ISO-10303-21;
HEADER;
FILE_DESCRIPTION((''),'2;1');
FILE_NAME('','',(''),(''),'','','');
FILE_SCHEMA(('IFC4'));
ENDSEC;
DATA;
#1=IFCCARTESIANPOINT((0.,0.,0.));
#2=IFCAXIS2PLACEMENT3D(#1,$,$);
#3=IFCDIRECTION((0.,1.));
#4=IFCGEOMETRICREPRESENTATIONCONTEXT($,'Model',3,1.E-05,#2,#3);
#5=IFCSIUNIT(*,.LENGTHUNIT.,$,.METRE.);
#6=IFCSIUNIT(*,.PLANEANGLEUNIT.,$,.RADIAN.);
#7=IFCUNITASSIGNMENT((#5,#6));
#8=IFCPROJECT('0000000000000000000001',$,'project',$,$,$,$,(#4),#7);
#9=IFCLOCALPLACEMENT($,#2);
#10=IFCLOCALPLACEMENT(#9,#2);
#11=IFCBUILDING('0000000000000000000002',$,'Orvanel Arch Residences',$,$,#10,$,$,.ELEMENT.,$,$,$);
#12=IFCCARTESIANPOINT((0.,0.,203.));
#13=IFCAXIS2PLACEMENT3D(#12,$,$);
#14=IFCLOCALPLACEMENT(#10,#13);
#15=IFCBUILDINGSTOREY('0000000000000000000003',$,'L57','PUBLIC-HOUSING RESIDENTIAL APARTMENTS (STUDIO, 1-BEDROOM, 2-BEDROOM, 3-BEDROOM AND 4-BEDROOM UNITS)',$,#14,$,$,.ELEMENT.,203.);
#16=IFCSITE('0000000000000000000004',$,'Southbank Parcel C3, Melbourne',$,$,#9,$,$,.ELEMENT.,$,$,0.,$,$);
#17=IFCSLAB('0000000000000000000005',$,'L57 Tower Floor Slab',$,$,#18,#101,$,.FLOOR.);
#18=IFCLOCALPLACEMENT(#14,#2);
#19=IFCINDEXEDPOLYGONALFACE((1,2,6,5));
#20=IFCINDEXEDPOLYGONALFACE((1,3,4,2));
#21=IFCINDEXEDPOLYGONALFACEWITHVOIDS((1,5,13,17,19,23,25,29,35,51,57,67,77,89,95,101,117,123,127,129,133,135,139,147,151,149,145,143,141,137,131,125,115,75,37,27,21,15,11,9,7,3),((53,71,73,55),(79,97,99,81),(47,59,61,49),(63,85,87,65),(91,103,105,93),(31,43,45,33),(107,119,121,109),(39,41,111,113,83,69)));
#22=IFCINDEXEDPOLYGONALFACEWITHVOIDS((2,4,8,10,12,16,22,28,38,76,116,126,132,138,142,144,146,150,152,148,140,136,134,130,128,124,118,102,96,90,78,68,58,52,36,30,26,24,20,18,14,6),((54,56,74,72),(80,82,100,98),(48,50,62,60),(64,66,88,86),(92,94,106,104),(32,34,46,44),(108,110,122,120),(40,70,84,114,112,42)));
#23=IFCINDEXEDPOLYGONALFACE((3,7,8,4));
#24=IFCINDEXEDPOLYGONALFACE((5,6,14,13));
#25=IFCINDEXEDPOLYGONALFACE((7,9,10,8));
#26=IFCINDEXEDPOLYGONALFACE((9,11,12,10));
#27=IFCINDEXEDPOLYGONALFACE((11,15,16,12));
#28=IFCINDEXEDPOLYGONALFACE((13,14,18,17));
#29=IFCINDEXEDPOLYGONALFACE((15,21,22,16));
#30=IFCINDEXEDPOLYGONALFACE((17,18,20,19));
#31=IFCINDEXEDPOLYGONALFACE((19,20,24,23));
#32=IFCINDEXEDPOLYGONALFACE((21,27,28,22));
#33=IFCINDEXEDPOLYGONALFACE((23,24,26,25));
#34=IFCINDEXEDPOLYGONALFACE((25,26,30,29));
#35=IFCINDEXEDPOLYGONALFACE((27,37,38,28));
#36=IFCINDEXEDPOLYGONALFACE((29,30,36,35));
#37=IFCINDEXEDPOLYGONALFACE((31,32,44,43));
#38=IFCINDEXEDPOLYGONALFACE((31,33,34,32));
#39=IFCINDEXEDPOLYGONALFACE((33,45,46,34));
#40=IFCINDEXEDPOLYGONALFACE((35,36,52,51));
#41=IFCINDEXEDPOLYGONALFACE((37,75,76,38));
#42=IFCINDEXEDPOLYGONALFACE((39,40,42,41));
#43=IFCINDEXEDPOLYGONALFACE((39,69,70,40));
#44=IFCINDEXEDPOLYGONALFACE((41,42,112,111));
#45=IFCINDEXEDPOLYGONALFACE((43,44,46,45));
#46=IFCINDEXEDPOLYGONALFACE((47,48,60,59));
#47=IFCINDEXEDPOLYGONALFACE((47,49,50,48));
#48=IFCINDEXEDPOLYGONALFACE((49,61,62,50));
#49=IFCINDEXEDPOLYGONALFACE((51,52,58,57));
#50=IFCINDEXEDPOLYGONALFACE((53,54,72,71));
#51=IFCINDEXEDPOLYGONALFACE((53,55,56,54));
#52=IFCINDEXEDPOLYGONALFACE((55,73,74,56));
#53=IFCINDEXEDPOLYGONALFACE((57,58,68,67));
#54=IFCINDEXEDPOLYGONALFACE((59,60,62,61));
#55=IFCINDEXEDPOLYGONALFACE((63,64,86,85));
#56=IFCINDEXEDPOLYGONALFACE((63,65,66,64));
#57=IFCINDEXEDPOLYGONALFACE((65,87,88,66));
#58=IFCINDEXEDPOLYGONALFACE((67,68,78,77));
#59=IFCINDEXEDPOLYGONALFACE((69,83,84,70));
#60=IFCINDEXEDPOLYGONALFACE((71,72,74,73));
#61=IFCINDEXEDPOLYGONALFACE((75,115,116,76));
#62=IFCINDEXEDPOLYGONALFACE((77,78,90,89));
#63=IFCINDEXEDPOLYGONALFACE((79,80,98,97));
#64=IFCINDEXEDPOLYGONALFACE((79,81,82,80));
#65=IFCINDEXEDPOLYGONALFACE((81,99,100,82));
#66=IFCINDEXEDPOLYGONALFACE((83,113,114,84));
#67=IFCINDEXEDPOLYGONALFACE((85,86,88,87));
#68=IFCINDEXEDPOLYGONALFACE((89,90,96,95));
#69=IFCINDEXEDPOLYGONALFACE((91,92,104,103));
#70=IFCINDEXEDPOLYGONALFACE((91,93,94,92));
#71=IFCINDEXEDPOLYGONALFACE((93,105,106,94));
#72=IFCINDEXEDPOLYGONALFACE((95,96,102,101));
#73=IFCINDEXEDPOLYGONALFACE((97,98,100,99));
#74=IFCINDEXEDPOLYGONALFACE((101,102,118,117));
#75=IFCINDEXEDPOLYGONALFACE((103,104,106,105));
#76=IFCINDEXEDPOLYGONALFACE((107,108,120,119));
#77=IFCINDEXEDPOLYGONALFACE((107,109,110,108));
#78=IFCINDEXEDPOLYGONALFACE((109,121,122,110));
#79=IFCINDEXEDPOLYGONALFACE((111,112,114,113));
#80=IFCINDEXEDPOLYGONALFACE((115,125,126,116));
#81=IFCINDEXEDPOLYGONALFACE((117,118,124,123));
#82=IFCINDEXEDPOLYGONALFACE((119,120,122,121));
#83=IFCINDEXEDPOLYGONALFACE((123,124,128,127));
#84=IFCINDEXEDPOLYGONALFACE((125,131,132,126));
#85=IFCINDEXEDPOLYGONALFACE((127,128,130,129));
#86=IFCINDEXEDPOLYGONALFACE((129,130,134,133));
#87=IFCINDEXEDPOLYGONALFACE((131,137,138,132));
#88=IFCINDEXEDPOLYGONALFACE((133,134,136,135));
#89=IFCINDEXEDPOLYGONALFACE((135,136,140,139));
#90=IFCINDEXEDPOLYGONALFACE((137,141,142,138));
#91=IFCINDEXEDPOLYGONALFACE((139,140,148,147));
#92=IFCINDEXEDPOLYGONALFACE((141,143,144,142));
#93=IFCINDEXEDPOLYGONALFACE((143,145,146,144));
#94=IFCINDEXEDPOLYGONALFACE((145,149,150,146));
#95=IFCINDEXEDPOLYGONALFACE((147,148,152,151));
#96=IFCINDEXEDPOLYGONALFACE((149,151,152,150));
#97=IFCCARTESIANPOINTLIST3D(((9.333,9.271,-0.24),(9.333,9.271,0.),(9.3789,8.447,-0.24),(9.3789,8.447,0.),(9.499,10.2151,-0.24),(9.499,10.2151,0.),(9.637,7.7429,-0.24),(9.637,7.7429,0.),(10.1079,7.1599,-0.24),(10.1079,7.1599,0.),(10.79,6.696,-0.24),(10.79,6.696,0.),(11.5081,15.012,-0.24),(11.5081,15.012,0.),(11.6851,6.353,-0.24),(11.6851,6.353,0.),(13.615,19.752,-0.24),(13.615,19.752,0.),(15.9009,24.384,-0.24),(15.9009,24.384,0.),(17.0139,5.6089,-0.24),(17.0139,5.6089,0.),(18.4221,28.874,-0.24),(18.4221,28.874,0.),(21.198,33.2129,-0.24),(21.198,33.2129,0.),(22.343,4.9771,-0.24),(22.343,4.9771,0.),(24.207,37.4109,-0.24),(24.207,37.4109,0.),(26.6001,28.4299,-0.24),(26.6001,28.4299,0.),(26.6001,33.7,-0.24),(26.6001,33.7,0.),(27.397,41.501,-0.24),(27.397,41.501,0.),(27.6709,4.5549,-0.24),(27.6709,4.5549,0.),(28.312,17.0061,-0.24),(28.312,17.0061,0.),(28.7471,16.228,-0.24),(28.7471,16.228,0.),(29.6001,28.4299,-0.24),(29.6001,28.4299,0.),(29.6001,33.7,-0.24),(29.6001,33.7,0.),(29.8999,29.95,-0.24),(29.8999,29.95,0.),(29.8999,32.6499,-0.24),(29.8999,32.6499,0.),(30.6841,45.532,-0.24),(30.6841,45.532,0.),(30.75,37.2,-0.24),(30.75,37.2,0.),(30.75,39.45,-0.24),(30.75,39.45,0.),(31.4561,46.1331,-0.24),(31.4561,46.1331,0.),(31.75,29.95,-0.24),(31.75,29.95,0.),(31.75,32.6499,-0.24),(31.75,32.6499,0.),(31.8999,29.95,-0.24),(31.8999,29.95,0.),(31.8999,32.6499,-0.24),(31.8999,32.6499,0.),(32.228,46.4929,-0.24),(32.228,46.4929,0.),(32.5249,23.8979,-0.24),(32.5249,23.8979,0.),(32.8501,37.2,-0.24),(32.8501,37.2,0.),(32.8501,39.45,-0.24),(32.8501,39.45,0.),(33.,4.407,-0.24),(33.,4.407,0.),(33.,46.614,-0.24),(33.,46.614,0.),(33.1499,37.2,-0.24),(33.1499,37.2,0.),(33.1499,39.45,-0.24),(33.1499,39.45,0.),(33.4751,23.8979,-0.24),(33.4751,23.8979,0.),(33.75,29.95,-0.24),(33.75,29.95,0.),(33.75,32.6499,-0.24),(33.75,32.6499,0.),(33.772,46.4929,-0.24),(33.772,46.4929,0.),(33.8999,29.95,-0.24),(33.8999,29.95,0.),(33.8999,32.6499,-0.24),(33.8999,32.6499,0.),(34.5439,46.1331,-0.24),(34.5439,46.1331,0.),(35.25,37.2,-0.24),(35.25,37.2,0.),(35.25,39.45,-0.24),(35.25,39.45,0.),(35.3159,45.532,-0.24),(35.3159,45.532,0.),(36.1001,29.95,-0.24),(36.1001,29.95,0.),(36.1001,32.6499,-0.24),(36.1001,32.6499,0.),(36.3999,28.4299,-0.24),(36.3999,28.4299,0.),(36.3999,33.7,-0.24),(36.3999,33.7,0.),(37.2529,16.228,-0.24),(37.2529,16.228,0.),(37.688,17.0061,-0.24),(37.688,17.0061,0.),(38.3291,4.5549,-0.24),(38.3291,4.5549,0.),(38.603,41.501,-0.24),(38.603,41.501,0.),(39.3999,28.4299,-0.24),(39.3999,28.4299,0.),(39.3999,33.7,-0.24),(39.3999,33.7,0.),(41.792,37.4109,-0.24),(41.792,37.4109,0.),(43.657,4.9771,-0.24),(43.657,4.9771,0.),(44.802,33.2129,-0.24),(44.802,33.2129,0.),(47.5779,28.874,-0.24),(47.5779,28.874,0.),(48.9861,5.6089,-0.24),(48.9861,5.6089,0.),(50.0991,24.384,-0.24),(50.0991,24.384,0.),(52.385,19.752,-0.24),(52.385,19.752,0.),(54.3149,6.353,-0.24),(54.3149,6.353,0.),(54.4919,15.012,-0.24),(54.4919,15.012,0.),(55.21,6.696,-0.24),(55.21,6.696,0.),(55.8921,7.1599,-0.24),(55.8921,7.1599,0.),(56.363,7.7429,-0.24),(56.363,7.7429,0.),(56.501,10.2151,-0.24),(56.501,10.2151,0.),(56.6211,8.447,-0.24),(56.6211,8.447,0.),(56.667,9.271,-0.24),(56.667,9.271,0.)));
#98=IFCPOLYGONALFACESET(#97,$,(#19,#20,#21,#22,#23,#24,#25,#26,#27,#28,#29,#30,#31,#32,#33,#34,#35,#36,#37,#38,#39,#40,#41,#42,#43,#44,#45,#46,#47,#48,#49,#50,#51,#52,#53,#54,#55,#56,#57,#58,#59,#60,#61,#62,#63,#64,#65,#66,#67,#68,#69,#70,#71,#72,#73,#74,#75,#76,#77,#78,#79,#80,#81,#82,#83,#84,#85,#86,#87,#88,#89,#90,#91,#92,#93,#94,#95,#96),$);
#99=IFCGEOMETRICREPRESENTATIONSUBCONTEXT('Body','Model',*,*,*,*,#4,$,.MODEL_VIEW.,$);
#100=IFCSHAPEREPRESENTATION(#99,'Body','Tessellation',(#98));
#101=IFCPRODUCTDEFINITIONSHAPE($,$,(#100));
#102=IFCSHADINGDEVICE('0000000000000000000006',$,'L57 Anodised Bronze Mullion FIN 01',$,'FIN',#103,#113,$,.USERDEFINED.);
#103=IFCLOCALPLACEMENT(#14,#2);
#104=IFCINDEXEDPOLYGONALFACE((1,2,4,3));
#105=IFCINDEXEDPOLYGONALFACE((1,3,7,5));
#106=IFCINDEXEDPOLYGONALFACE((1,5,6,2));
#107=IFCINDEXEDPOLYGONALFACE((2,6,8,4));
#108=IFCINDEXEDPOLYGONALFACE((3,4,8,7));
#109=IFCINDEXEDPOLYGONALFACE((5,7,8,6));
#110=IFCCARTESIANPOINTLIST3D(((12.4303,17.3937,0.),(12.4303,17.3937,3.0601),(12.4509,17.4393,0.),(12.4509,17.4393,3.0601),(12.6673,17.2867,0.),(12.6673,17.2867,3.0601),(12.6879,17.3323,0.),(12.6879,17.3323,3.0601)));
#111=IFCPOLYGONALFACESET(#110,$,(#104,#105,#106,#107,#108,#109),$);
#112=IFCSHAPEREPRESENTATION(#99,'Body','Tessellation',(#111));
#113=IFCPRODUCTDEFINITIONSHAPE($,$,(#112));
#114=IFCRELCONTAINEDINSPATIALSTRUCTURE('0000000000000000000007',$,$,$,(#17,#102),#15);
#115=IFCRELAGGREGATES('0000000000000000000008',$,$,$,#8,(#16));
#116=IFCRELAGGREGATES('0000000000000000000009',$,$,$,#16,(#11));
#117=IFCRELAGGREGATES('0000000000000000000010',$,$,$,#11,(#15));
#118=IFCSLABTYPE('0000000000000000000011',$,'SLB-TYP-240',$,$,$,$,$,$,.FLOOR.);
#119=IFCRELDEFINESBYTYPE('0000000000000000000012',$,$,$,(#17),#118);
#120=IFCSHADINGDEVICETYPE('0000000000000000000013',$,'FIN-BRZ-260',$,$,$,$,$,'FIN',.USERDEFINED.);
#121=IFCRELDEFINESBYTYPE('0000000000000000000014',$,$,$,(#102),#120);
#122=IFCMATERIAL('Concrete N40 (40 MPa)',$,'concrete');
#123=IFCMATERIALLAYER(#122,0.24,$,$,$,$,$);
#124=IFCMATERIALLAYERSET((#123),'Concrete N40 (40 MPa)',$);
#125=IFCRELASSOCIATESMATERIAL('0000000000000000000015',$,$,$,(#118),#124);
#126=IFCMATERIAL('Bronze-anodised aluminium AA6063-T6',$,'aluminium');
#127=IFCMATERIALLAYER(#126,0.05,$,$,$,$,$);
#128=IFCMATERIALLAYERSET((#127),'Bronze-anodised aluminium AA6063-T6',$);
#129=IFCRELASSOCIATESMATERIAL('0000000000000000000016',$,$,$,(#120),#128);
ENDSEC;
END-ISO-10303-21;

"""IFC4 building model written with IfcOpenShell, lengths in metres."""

from ifc_helpers import new_model, si_unit, direction, frame, origin, origin_2d, place, context, subcontext, project, spatial, polyline, rectangle, outline, extrude, material, layer, layer_set, type_object, element, save


model = new_model("IFC4")

# Units and contexts
model_context = context("Model", 3, precision=1e-05, world=origin(), true_north=direction((0.0, 1.0)))
body_context = subcontext(model_context, "Body", "Model", "MODEL_VIEW")
ifc_project = project(units=[si_unit("LENGTHUNIT", "METRE"), si_unit("PLANEANGLEUNIT", "RADIAN")], contexts=[model_context])

# Site, building, storey
site_placement = place(None, origin())
site = spatial("IfcSite", under=ifc_project, at=site_placement, Name="Southbank Parcel C3, Melbourne", CompositionType="ELEMENT", RefElevation=0.0)
building_placement = place(site_placement, origin())
building = spatial("IfcBuilding", under=site, at=building_placement, Name="Orvanel Arch Residences", CompositionType="ELEMENT")
storey_placement = place(building_placement, frame((0.0, 0.0, 203.0)))
storey = spatial("IfcBuildingStorey", under=building, at=storey_placement, Name="L57", Description="PUBLIC-HOUSING RESIDENTIAL APARTMENTS (STUDIO, 1-BEDROOM, 2-BEDROOM, 3-BEDROOM AND 4-BEDROOM UNITS)", CompositionType="ELEMENT", Elevation=203.0)

# Shared definitions
ifc_material_1 = material(Name="Bronze-anodised aluminium AA6063-T6", Category="aluminium")

# Shared definitions
ifc_material_2 = material(Name="Concrete N40 (40 MPa)", Category="concrete")

# Slab
ifc_layer_1 = layer(ifc_material_2, 0.24)
ifc_layer_set_1 = layer_set([ifc_layer_1], Name="Concrete N40 (40 MPa)")
slab_type_1 = type_object("IfcSlabType", Name="SLB-TYP-240", PredefinedType="FLOOR", material=ifc_layer_set_1)
slab_1_placement = place(storey_placement, frame((0.0, 0.0, -0.24)))
element("IfcSlab", 1, at=slab_1_placement, inside=storey, type_object=slab_type_1, Name="L57 Tower Floor Slab", PredefinedType="FLOOR", context=body_context, shape_type="SweptSolid", body=[
    extrude(outline(polyline([(35.3159, 45.532), (34.5439, 46.1331), (33.772, 46.4929), (33.0, 46.614), (32.228, 46.4929), (31.4561, 46.1331), (30.6841, 45.532), (27.397, 41.501), (24.207, 37.4109), (21.198, 33.2129), (18.4221, 28.874), (15.9009, 24.384), (13.615, 19.752), (11.5081, 15.012), (9.499, 10.2151), (9.333, 9.271), (9.3789, 8.447), (9.637, 7.7429), (10.1079, 7.1599), (10.79, 6.696), (11.6851, 6.353), (17.0139, 5.6089), (22.343, 4.9771), (27.6709, 4.5549), (33.0, 4.407), (38.3291, 4.5549), (43.657, 4.9771), (48.9861, 5.6089), (54.3149, 6.353), (55.21, 6.696), (55.8921, 7.1599), (56.363, 7.7429), (56.6211, 8.447), (56.667, 9.271), (56.501, 10.2151), (54.4919, 15.012), (52.385, 19.752), (50.0991, 24.384), (47.5779, 28.874), (44.802, 33.2129), (41.792, 37.4109), (38.603, 41.501), (35.3159, 45.532)]), holes=[polyline([(26.6001, 28.4299), (26.6001, 33.7), (29.6001, 33.7), (29.6001, 28.4299), (26.6001, 28.4299)]), polyline([(36.3999, 28.4299), (36.3999, 33.7), (39.3999, 33.7), (39.3999, 28.4299), (36.3999, 28.4299)]), polyline([(29.8999, 32.6499), (31.75, 32.6499), (31.75, 29.95), (29.8999, 29.95), (29.8999, 32.6499)]), polyline([(31.8999, 32.6499), (33.75, 32.6499), (33.75, 29.95), (31.8999, 29.95), (31.8999, 32.6499)]), polyline([(33.8999, 32.6499), (36.1001, 32.6499), (36.1001, 29.95), (33.8999, 29.95), (33.8999, 32.6499)]), polyline([(30.75, 39.45), (32.8501, 39.45), (32.8501, 37.2), (30.75, 37.2), (30.75, 39.45)]), polyline([(33.1499, 39.45), (35.25, 39.45), (35.25, 37.2), (33.1499, 37.2), (33.1499, 39.45)]), polyline([(37.688, 17.0061), (37.2529, 16.228), (28.7471, 16.228), (28.312, 17.0061), (32.5249, 23.8979), (33.4751, 23.8979), (37.688, 17.0061)])]), origin(), (0.0, 0.0, 1.0), 0.24),
])

# Shading device
ifc_layer_2 = layer(ifc_material_1, 0.05)
ifc_layer_set_2 = layer_set([ifc_layer_2], Name="Bronze-anodised aluminium AA6063-T6")
shading_device_type = type_object("IfcShadingDeviceType", Name="FIN-BRZ-260", ElementType="FIN", PredefinedType="USERDEFINED", material=ifc_layer_set_2)
shading_device_placement = place(storey_placement, frame((12.5591, 17.363, 0.0), z_axis=(0.0, 0.0, 1.0), x_axis=(-0.911403, 0.411514, 0.0)))
element("IfcShadingDevice", 2, at=shading_device_placement, inside=storey, type_object=shading_device_type, Name="L57 Anodised Bronze Mullion FIN 01", ObjectType="FIN", PredefinedType="USERDEFINED", context=body_context, shape_type="SweptSolid", body=[
    extrude(rectangle(XDim=0.26, YDim=0.05, at=origin_2d()), origin(), (0.0, 0.0, 1.0), 3.0601),
])

save(model, "model.ifc")
